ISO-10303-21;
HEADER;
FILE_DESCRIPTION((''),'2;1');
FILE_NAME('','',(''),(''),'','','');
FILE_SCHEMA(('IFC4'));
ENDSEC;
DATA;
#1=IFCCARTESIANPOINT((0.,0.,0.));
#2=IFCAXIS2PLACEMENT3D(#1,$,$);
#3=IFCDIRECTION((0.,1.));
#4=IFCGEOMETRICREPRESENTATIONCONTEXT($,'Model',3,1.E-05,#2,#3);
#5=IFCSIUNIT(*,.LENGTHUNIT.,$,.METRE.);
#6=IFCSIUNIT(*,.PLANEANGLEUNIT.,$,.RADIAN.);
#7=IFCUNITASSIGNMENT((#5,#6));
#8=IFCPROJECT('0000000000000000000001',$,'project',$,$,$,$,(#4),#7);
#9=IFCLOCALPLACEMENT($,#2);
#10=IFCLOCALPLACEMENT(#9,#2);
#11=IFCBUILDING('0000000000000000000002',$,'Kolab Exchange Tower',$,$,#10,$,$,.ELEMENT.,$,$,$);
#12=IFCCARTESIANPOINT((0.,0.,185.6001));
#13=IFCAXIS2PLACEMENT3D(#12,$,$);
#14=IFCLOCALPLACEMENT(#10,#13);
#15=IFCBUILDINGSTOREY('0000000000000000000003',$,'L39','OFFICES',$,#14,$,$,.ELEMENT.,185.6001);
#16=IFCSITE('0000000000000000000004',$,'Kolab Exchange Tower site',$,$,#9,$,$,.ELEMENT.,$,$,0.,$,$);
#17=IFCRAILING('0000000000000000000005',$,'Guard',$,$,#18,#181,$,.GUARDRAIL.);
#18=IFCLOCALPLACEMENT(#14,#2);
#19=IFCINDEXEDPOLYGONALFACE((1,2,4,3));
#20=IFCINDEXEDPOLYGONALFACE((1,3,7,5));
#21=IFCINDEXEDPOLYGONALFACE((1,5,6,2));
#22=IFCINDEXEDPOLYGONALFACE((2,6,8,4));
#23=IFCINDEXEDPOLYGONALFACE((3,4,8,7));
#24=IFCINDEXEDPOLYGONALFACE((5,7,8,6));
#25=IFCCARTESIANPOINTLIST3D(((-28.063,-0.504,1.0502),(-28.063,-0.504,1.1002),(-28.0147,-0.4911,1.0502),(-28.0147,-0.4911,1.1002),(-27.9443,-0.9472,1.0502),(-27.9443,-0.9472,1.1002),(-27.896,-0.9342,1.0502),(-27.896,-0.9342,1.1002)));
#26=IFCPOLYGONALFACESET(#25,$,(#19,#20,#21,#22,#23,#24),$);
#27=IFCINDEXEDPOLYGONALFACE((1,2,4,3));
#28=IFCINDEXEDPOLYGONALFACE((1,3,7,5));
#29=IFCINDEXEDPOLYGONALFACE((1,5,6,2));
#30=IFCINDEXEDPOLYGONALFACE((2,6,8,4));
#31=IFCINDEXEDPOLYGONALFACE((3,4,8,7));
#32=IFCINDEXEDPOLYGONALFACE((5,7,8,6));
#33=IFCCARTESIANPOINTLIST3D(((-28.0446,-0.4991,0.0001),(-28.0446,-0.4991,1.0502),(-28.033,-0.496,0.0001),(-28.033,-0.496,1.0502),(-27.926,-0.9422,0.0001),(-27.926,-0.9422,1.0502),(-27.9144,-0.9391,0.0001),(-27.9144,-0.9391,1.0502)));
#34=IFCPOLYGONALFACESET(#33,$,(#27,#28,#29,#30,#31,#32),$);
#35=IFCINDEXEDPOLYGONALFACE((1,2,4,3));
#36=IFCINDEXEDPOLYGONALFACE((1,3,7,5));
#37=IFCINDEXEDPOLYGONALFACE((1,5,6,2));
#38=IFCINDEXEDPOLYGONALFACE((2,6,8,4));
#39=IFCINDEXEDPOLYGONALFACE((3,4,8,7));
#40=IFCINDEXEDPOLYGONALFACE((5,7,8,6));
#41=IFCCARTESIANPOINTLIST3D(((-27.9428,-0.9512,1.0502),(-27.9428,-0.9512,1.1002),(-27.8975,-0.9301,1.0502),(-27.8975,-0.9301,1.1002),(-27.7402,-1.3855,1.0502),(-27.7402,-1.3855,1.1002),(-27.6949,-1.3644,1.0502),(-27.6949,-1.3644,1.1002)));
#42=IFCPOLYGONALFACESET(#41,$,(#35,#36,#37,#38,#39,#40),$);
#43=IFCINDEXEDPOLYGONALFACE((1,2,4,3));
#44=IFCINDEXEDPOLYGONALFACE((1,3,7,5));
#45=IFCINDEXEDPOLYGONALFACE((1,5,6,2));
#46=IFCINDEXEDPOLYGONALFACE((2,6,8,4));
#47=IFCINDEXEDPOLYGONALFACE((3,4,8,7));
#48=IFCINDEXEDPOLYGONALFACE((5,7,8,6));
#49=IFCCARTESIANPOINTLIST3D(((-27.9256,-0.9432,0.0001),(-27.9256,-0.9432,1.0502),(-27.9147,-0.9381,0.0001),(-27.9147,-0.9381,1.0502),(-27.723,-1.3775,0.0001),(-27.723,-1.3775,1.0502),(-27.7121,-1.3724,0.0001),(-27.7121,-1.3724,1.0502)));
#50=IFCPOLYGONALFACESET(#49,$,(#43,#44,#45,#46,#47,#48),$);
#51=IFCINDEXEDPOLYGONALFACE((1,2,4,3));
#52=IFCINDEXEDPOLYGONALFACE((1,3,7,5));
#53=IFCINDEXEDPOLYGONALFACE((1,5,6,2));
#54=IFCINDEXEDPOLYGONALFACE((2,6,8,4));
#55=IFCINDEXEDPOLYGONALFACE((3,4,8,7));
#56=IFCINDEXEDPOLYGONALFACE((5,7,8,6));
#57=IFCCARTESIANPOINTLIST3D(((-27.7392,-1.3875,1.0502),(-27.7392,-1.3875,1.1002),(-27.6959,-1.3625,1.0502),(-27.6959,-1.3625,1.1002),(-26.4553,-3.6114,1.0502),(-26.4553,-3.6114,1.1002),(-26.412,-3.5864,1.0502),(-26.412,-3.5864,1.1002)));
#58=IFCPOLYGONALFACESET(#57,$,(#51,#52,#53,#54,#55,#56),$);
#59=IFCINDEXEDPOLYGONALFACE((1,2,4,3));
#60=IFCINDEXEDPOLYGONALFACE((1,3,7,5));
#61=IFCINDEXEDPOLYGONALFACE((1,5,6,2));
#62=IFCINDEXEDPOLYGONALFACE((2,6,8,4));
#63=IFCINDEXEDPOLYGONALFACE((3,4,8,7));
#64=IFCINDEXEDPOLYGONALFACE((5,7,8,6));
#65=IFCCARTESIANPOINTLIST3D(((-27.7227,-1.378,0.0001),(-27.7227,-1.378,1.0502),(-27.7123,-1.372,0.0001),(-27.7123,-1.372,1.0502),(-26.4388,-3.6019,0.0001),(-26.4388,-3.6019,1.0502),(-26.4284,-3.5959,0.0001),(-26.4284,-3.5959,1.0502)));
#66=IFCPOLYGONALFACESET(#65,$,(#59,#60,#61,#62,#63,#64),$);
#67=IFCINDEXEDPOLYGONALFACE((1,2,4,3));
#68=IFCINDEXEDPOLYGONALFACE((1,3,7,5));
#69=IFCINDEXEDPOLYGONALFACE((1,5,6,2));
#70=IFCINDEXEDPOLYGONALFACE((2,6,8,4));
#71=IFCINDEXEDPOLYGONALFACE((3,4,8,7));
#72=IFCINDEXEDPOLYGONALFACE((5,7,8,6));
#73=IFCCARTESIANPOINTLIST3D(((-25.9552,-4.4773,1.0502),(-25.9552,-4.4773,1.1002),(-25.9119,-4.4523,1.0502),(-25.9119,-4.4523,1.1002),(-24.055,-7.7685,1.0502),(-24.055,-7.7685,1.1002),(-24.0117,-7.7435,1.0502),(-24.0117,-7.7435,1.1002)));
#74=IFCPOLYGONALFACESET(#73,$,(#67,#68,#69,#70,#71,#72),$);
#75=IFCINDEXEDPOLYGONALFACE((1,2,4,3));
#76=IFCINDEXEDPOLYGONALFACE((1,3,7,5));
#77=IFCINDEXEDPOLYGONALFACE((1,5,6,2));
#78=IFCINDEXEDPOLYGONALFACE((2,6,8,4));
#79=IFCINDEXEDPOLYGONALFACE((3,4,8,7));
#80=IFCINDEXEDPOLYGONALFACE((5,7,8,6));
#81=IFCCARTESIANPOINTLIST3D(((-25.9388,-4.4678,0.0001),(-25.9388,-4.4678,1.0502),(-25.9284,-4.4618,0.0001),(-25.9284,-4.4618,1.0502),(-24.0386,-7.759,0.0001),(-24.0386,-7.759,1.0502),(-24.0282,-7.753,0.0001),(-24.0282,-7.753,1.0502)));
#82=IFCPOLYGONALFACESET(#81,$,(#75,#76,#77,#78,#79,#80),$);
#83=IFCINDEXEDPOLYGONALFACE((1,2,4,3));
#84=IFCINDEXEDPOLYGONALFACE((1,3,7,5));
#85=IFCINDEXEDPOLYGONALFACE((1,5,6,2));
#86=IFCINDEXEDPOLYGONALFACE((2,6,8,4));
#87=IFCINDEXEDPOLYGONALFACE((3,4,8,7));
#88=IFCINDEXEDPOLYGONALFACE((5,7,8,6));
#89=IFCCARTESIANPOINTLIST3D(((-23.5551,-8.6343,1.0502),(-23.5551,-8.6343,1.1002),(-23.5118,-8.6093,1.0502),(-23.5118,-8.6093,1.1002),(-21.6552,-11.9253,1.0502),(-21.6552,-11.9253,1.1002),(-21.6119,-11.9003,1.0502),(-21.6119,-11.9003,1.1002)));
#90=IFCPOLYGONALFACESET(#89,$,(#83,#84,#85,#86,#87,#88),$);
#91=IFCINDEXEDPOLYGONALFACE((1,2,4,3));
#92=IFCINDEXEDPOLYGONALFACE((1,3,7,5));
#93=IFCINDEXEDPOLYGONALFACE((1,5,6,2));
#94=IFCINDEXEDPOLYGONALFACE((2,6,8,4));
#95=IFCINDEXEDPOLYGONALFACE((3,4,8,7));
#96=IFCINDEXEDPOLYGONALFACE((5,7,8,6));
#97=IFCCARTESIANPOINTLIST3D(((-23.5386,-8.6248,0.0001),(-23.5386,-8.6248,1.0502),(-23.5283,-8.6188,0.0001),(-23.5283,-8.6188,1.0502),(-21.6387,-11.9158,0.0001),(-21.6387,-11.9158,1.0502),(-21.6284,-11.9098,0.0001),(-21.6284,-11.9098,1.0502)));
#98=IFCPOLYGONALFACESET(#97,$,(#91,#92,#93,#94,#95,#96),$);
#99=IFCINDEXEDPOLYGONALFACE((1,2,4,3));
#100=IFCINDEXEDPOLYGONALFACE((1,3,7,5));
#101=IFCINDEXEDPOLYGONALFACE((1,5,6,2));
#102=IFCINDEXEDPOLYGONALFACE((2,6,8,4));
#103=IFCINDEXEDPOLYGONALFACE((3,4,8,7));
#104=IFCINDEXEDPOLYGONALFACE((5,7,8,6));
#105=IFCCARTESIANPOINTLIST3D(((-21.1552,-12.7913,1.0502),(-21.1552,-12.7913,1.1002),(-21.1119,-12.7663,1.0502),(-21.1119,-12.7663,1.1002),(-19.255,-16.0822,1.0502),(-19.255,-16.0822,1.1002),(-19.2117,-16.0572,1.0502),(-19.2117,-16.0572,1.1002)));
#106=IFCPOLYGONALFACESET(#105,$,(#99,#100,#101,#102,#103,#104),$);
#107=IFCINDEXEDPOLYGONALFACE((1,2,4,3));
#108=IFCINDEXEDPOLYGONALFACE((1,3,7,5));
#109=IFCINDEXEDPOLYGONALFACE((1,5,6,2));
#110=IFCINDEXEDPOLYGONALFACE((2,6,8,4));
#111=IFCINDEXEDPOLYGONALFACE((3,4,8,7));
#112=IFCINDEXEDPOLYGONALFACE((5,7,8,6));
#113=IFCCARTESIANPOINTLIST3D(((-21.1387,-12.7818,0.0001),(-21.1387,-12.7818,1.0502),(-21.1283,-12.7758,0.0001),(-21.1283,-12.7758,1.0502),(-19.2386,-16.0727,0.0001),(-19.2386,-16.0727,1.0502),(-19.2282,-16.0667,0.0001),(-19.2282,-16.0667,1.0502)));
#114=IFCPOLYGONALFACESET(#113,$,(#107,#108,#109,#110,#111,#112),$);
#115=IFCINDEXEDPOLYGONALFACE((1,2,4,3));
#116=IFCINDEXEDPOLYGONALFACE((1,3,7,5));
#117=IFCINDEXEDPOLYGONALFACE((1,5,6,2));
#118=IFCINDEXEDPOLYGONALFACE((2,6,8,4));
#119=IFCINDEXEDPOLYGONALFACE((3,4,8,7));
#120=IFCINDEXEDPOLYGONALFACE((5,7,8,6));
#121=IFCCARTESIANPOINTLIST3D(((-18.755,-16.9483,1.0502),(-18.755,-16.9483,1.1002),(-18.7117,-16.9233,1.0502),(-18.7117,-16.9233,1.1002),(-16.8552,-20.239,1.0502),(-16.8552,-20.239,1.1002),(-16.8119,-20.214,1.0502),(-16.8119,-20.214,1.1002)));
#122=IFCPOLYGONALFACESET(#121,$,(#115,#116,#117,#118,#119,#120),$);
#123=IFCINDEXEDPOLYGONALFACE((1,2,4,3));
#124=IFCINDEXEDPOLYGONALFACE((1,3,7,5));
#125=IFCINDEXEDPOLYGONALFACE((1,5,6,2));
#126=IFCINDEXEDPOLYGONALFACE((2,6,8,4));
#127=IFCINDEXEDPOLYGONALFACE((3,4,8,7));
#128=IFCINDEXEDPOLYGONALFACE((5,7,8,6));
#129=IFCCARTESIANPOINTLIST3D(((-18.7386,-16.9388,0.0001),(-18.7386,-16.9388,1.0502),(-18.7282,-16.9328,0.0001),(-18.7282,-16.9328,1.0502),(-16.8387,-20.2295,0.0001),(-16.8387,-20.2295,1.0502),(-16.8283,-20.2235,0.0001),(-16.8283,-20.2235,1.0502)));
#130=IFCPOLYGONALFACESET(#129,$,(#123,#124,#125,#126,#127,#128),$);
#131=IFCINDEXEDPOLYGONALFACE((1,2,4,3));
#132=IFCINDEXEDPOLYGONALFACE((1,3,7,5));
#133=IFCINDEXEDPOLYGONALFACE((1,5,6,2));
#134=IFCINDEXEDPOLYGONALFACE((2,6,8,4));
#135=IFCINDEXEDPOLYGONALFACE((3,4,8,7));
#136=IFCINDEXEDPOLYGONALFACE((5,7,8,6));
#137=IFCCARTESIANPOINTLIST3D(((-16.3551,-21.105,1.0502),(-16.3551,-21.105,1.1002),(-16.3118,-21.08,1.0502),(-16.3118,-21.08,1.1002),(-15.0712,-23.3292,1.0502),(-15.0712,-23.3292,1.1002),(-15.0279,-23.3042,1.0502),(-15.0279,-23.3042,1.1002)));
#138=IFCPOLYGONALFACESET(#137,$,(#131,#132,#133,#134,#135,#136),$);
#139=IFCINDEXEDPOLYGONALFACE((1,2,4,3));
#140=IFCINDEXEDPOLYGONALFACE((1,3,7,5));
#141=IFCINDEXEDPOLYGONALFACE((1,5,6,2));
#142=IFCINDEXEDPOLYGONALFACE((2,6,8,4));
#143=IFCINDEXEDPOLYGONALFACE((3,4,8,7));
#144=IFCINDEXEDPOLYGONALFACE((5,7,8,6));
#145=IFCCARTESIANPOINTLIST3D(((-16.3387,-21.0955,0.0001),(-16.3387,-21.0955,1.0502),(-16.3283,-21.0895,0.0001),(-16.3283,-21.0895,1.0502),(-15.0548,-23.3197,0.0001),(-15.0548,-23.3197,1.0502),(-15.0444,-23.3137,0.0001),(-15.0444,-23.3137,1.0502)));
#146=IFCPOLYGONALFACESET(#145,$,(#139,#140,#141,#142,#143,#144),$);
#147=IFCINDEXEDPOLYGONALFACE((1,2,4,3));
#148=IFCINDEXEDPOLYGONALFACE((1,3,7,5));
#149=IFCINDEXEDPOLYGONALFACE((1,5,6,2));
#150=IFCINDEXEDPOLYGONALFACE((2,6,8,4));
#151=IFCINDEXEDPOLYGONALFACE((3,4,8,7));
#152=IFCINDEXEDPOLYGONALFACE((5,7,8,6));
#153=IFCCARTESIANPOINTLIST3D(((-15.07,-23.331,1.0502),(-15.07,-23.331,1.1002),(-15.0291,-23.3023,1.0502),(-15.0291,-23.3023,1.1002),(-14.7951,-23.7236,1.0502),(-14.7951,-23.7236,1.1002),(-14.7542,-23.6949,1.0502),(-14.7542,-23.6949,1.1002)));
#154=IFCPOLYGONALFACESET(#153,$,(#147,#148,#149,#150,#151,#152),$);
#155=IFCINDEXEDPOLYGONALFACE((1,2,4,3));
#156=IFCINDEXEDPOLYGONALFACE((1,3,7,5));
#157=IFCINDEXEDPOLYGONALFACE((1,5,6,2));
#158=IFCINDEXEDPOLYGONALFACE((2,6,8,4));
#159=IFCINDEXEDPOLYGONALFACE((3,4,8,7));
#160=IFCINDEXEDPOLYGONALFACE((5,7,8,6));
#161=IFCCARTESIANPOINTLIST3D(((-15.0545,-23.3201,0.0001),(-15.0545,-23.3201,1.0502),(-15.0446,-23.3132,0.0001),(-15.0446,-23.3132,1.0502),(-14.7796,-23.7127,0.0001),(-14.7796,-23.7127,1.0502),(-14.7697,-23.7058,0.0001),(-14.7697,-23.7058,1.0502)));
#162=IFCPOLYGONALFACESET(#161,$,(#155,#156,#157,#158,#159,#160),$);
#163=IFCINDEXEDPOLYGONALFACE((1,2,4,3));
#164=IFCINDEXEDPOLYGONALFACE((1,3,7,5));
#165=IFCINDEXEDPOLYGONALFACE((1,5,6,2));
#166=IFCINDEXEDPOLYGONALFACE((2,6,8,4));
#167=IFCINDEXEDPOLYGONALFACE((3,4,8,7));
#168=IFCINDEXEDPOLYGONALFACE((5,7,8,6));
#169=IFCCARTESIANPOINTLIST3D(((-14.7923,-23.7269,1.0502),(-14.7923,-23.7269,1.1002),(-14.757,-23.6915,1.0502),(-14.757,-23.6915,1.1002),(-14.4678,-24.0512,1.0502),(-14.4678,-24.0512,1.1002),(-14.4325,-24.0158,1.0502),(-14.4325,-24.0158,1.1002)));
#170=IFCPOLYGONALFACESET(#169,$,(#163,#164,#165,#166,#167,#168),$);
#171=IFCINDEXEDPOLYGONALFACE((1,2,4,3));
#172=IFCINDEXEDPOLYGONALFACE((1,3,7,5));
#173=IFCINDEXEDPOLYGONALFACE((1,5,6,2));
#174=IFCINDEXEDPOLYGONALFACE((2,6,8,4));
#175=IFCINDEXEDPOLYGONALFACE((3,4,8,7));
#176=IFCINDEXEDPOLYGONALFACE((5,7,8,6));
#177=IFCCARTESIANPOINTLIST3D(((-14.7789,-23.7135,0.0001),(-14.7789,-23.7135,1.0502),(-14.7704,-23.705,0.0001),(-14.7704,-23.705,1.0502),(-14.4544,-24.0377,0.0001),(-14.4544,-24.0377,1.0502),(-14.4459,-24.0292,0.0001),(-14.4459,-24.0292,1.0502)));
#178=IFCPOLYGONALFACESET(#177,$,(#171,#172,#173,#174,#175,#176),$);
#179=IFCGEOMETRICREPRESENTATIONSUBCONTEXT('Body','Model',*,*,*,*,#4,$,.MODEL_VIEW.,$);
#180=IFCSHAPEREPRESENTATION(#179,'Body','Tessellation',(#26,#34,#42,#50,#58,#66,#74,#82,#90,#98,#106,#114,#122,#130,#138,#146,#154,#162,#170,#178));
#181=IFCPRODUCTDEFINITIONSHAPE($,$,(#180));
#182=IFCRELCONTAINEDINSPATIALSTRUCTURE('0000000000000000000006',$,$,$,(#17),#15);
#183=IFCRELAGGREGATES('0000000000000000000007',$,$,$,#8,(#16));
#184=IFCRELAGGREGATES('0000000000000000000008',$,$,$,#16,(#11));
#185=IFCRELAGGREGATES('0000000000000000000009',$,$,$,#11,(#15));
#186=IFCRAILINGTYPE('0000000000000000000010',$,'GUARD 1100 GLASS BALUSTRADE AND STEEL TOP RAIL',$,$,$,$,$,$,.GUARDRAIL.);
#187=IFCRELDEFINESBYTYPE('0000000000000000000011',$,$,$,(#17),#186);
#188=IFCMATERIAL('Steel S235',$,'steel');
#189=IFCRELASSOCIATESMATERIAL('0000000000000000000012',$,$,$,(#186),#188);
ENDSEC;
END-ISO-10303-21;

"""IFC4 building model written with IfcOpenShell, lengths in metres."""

from ifc_helpers import new_model, si_unit, direction, frame, frame_2d, origin, origin_2d, place, context, subcontext, project, spatial, rectangle, extrude, material, type_object, element, save


model = new_model("IFC4")

# Units and contexts
model_context = context("Model", 3, precision=1e-05, world=origin(), true_north=direction((0.0, 1.0)))
body_context = subcontext(model_context, "Body", "Model", "MODEL_VIEW")
ifc_project = project(units=[si_unit("LENGTHUNIT", "METRE"), si_unit("PLANEANGLEUNIT", "RADIAN")], contexts=[model_context])

# Site, building, storey
site_placement = place(None, origin())
site = spatial("IfcSite", under=ifc_project, at=site_placement, Name="Kolab Exchange Tower site", CompositionType="ELEMENT", RefElevation=0.0)
building_placement = place(site_placement, origin())
building = spatial("IfcBuilding", under=site, at=building_placement, Name="Kolab Exchange Tower", CompositionType="ELEMENT")
storey_placement = place(building_placement, frame((0.0, 0.0, 185.6001)))
storey = spatial("IfcBuildingStorey", under=building, at=storey_placement, Name="L39", Description="OFFICES", CompositionType="ELEMENT", Elevation=185.6001)

# Railing
ifc_material_1 = material(Name="Steel S235", Category="steel")
railing_type = type_object("IfcRailingType", Name="GUARD 1100 GLASS BALUSTRADE AND STEEL TOP RAIL", PredefinedType="GUARDRAIL", material=ifc_material_1)
railing_placement = place(storey_placement, frame((-28.0388, -0.4976, 0.0)))
element("IfcRailing", 1, at=railing_placement, inside=storey, type_object=railing_type, Name="Guard", PredefinedType="GUARDRAIL", context=body_context, shape_type="SweptSolid", body=[
    extrude(rectangle(XDim=0.05, YDim=0.05, at=origin_2d()), frame((0.0, 0.0, 1.0752), z_axis=(0.258656, -0.965969, 0.0), x_axis=(0.965969, 0.258656, 0.0)), (0.0, 0.0, 1.0), 0.4587),
    extrude(rectangle(XDim=0.012, YDim=1.0501, at=frame_2d((0.0, 0.5251))), frame((0.0, 0.0, 0.0), z_axis=(0.258656, -0.965969, 0.0), x_axis=(0.965969, 0.258656, 0.0)), (0.0, 0.0, 1.0), 0.4587),
    extrude(rectangle(XDim=0.05, YDim=0.05, at=origin_2d()), frame((0.1187, -0.4431, 1.0752), z_axis=(0.422802, -0.906222, 0.0), x_axis=(0.906222, 0.422802, 0.0)), (0.0, 0.0, 1.0), 0.4792),
    extrude(rectangle(XDim=0.012, YDim=1.0501, at=frame_2d((0.0, 0.5251))), frame((0.1187, -0.4431, 0.0), z_axis=(0.422802, -0.906222, 0.0), x_axis=(0.906222, 0.422802, 0.0)), (0.0, 0.0, 1.0), 0.4792),
    extrude(rectangle(XDim=0.05, YDim=0.05, at=origin_2d()), frame((0.3213, -0.8774, 1.0752), z_axis=(0.499994, -0.866029, 0.0), x_axis=(0.866029, 0.499994, 0.0)), (0.0, 0.0, 1.0), 2.5679),
    extrude(rectangle(XDim=0.012, YDim=1.0501, at=frame_2d((0.0, 0.5251))), frame((0.3213, -0.8774, 0.0), z_axis=(0.499994, -0.866029, 0.0), x_axis=(0.866029, 0.499994, 0.0)), (0.0, 0.0, 1.0), 2.5679),
    extrude(rectangle(XDim=0.05, YDim=0.05, at=origin_2d()), frame((2.1052, -3.9673, 1.0752), z_axis=(0.500015, -0.866017, 0.0), x_axis=(0.866017, 0.500015, 0.0)), (0.0, 0.0, 1.0), 3.8003),
    extrude(rectangle(XDim=0.012, YDim=1.0501, at=frame_2d((0.0, 0.5251))), frame((2.1052, -3.9673, 0.0), z_axis=(0.500015, -0.866017, 0.0), x_axis=(0.866017, 0.500015, 0.0)), (0.0, 0.0, 1.0), 3.8003),
    extrude(rectangle(XDim=0.05, YDim=0.05, at=origin_2d()), frame((4.5054, -8.1243, 1.0752), z_axis=(0.499967, -0.866044, 0.0), x_axis=(0.866044, 0.499967, 0.0)), (0.0, 0.0, 1.0), 3.8),
    extrude(rectangle(XDim=0.012, YDim=1.0501, at=frame_2d((0.0, 0.5251))), frame((4.5054, -8.1243, 0.0), z_axis=(0.499967, -0.866044, 0.0), x_axis=(0.866044, 0.499967, 0.0)), (0.0, 0.0, 1.0), 3.8),
    extrude(rectangle(XDim=0.05, YDim=0.05, at=origin_2d()), frame((6.9053, -12.2812, 1.0752), z_axis=(0.500043, -0.866, 0.0), x_axis=(0.866, 0.500043, 0.0)), (0.0, 0.0, 1.0), 3.8),
    extrude(rectangle(XDim=0.012, YDim=1.0501, at=frame_2d((0.0, 0.5251))), frame((6.9053, -12.2812, 0.0), z_axis=(0.500043, -0.866, 0.0), x_axis=(0.866, 0.500043, 0.0)), (0.0, 0.0, 1.0), 3.8),
    extrude(rectangle(XDim=0.05, YDim=0.05, at=origin_2d()), frame((9.3054, -16.4382, 1.0752), z_axis=(0.499995, -0.866028, 0.0), x_axis=(0.866028, 0.499995, 0.0)), (0.0, 0.0, 1.0), 3.7998),
    extrude(rectangle(XDim=0.012, YDim=1.0501, at=frame_2d((0.0, 0.5251))), frame((9.3054, -16.4382, 0.0), z_axis=(0.499995, -0.866028, 0.0), x_axis=(0.866028, 0.499995, 0.0)), (0.0, 0.0, 1.0), 3.7998),
    extrude(rectangle(XDim=0.05, YDim=0.05, at=origin_2d()), frame((11.7053, -20.595, 1.0752), z_axis=(0.499953, -0.866053, 0.0), x_axis=(0.866053, 0.499953, 0.0)), (0.0, 0.0, 1.0), 2.5681),
    extrude(rectangle(XDim=0.012, YDim=1.0501, at=frame_2d((0.0, 0.5251))), frame((11.7053, -20.595, 0.0), z_axis=(0.499953, -0.866053, 0.0), x_axis=(0.866053, 0.499953, 0.0)), (0.0, 0.0, 1.0), 2.5681),
    extrude(rectangle(XDim=0.05, YDim=0.05, at=origin_2d()), frame((12.9893, -22.8191, 1.0752), z_axis=(0.573599, -0.819136, 0.0), x_axis=(0.819136, 0.573599, 0.0)), (0.0, 0.0, 1.0), 0.4792),
    extrude(rectangle(XDim=0.012, YDim=1.0501, at=frame_2d((0.0, 0.5251))), frame((12.9893, -22.8191, 0.0), z_axis=(0.573599, -0.819136, 0.0), x_axis=(0.819136, 0.573599, 0.0)), (0.0, 0.0, 1.0), 0.4792),
    extrude(rectangle(XDim=0.05, YDim=0.05, at=origin_2d()), frame((13.2642, -23.2117, 1.0752), z_axis=(0.707373, -0.706841, 0.0), x_axis=(0.706841, 0.707373, 0.0)), (0.0, 0.0, 1.0), 0.4587),
    extrude(rectangle(XDim=0.012, YDim=1.0501, at=frame_2d((0.0, 0.5251))), frame((13.2642, -23.2117, 0.0), z_axis=(0.707373, -0.706841, 0.0), x_axis=(0.706841, 0.707373, 0.0)), (0.0, 0.0, 1.0), 0.4587),
])

save(model, "model.ifc")
